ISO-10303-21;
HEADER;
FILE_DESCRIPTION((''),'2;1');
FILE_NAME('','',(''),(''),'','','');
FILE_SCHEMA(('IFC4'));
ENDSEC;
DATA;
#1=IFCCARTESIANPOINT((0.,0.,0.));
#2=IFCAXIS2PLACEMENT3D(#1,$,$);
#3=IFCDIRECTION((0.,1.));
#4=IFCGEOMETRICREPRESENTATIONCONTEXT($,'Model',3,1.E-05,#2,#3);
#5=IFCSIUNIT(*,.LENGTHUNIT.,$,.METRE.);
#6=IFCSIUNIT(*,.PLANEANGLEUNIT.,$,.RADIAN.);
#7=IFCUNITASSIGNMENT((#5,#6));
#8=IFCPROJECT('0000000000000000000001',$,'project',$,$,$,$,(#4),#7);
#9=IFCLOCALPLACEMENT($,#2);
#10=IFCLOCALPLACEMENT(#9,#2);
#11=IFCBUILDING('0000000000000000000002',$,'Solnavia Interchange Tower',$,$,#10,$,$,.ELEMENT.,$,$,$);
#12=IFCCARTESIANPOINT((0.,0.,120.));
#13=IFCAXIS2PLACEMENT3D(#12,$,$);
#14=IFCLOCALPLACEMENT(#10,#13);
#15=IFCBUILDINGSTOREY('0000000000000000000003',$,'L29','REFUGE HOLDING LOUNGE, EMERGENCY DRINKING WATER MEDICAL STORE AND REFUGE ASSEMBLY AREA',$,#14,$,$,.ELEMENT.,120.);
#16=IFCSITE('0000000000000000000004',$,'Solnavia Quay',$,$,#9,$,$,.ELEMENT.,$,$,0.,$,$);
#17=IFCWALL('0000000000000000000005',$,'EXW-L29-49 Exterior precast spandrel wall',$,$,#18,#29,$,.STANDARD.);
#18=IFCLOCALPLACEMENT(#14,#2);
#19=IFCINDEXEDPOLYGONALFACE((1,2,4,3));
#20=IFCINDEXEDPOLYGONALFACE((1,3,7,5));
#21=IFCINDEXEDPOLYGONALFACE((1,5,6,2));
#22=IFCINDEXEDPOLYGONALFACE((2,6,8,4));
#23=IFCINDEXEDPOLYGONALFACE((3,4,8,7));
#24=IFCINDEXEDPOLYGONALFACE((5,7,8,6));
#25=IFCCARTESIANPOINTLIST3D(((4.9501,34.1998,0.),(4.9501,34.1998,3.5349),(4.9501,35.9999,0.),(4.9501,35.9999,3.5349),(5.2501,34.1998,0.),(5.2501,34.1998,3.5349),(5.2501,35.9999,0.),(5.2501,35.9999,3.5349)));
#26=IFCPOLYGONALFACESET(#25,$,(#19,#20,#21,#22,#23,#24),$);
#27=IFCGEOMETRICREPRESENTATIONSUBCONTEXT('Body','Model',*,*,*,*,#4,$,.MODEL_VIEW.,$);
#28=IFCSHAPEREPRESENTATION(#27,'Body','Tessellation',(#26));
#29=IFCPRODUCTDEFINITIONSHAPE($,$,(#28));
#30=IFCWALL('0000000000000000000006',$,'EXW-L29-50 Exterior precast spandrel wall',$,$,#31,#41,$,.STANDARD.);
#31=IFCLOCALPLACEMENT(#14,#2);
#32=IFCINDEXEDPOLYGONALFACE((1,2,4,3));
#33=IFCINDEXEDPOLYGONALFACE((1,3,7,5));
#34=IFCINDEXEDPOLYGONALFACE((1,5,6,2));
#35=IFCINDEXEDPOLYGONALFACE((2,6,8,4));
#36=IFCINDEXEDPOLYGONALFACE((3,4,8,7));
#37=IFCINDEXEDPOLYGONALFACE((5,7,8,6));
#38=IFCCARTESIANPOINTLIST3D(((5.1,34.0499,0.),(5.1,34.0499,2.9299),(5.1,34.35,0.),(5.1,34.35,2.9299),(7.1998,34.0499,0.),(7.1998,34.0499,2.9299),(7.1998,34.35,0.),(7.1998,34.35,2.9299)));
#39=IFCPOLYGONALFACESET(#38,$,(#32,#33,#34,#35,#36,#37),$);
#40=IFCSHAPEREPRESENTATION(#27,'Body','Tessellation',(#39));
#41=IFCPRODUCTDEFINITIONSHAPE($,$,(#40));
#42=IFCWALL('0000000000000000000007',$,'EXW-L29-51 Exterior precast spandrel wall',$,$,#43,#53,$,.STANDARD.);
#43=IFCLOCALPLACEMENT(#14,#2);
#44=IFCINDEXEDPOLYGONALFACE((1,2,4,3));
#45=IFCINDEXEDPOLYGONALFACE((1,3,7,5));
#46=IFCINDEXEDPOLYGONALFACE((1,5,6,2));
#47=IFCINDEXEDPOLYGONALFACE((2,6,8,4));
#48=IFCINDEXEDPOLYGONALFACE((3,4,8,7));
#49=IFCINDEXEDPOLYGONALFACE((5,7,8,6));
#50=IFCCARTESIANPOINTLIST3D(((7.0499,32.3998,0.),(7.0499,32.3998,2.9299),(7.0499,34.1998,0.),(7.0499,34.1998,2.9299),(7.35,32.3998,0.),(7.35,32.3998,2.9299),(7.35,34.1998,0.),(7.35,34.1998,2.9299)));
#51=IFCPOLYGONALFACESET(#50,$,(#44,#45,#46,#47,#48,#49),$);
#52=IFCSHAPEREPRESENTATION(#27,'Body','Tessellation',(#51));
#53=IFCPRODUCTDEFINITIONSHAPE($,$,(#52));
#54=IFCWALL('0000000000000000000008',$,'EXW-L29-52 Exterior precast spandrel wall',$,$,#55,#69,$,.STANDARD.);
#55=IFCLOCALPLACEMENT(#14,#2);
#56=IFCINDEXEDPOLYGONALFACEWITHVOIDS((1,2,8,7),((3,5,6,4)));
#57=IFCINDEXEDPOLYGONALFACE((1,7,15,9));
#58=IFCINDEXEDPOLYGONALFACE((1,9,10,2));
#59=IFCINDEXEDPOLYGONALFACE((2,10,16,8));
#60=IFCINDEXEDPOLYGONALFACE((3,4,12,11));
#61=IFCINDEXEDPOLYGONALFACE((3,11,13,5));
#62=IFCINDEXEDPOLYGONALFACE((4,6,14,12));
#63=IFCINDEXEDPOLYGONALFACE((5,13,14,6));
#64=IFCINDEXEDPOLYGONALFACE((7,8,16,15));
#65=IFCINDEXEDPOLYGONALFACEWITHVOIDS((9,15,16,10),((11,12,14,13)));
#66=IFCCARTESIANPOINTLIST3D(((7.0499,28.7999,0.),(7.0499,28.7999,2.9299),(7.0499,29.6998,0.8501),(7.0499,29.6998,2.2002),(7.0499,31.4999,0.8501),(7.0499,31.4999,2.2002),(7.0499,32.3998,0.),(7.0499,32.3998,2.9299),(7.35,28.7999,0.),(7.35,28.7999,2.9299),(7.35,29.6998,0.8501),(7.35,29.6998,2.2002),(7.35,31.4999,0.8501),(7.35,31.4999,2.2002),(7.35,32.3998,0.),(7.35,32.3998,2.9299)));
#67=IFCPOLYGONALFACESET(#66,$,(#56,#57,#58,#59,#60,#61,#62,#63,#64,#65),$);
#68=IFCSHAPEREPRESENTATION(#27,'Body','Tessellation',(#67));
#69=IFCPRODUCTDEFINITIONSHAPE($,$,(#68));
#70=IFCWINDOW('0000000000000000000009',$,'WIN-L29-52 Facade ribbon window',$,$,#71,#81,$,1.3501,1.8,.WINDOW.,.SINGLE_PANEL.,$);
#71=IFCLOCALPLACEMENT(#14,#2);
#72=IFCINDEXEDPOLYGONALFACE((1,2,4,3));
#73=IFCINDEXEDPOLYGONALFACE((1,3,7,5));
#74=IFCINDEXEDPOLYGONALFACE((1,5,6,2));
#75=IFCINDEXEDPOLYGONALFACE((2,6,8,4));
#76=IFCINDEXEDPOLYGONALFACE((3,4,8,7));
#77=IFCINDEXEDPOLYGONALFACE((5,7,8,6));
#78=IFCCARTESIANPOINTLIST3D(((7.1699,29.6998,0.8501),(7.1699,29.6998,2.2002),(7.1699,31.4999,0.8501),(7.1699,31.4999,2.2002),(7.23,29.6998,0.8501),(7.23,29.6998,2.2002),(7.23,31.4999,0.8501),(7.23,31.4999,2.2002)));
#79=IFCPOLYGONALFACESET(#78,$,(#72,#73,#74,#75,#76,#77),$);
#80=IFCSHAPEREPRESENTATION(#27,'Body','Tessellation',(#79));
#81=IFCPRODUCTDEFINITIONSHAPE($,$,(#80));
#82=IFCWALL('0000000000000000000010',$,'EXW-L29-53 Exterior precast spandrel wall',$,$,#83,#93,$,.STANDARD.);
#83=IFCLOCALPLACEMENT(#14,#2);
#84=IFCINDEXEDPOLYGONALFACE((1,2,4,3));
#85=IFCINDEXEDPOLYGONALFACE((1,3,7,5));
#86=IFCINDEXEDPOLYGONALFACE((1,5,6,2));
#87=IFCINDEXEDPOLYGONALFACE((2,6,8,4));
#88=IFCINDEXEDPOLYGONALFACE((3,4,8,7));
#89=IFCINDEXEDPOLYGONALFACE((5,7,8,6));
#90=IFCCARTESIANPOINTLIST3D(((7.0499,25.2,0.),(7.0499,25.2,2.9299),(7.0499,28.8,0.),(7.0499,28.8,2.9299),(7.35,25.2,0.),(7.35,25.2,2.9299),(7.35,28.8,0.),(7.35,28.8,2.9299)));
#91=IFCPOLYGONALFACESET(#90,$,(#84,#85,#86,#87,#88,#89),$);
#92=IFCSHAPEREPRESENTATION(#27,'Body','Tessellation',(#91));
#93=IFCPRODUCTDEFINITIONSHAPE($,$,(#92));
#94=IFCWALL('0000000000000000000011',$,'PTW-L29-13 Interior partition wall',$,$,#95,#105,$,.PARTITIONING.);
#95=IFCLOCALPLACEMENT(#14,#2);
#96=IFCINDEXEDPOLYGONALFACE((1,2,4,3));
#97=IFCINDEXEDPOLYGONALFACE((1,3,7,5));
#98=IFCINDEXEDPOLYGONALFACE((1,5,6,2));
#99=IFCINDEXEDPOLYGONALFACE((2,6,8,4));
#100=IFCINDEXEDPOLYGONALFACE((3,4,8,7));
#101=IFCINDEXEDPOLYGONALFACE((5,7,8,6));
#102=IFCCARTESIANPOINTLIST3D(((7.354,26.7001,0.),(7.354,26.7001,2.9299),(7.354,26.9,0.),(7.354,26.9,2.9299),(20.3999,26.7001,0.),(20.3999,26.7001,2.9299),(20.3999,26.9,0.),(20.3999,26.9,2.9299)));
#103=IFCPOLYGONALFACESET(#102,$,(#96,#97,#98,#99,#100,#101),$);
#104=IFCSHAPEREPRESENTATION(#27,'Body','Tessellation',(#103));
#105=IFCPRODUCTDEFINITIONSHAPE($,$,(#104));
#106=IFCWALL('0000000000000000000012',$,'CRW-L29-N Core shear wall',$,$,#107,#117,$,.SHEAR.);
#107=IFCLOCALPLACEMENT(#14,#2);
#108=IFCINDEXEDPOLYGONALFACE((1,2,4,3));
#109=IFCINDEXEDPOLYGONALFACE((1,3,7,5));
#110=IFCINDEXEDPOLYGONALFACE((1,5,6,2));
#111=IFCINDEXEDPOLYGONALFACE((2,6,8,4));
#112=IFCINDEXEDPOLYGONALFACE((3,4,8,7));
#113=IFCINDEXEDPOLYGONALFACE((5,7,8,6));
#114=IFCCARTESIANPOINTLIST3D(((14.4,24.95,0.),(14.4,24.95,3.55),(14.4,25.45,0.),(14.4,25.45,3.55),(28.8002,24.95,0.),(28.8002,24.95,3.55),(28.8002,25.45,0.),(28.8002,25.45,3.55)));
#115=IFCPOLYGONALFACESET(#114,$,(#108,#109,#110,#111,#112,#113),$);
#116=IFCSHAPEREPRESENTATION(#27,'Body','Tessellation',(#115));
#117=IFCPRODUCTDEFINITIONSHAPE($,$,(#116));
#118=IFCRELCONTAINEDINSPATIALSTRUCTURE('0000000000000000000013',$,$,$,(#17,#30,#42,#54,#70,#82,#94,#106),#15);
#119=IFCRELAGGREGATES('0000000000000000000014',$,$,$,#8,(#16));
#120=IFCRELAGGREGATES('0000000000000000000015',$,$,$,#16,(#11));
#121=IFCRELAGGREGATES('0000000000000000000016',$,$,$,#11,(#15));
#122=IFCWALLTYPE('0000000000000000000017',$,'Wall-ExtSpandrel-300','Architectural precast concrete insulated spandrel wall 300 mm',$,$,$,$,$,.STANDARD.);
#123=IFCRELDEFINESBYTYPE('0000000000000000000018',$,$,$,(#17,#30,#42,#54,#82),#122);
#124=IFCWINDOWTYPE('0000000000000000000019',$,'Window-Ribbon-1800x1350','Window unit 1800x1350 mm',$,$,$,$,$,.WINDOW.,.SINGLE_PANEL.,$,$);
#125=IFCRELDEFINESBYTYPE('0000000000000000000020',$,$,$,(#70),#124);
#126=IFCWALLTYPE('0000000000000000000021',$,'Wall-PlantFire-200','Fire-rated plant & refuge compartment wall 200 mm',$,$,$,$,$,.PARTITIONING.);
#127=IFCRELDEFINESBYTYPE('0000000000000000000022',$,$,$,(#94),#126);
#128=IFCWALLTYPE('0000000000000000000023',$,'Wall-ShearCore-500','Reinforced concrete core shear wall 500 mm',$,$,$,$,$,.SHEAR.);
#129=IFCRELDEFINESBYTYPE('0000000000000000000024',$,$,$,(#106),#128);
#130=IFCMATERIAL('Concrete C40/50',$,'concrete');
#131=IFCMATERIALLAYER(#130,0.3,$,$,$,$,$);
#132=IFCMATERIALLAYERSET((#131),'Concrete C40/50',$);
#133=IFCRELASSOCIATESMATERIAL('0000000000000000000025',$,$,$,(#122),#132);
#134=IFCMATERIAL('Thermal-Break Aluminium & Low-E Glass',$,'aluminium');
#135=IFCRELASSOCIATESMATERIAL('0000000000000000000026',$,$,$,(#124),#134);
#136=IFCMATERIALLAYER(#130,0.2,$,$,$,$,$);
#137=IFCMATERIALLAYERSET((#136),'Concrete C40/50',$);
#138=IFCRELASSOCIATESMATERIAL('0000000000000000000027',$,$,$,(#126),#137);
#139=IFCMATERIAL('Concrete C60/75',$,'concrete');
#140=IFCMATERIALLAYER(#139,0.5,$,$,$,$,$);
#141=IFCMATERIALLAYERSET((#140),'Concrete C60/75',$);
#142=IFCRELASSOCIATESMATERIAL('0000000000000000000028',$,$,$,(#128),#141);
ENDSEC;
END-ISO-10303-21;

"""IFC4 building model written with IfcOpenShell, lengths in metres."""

from ifc_helpers import new_model, si_unit, direction, frame, frame_2d, origin, place, context, subcontext, project, spatial, rectangle, extrude, material, layer, layer_set, type_object, element, fill, save


model = new_model("IFC4")

# Units and contexts
model_context = context("Model", 3, precision=1e-05, world=origin(), true_north=direction((0.0, 1.0)))
body_context = subcontext(model_context, "Body", "Model", "MODEL_VIEW")
ifc_project = project(units=[si_unit("LENGTHUNIT", "METRE"), si_unit("PLANEANGLEUNIT", "RADIAN")], contexts=[model_context])

# Site, building, storey
site_placement = place(None, origin())
site = spatial("IfcSite", under=ifc_project, at=site_placement, Name="Solnavia Quay", CompositionType="ELEMENT", RefElevation=0.0)
building_placement = place(site_placement, origin())
building = spatial("IfcBuilding", under=site, at=building_placement, Name="Solnavia Interchange Tower", CompositionType="ELEMENT")
storey_placement = place(building_placement, frame((0.0, 0.0, 120.0)))
storey = spatial("IfcBuildingStorey", under=building, at=storey_placement, Name="L29", Description="REFUGE HOLDING LOUNGE, EMERGENCY DRINKING WATER MEDICAL STORE AND REFUGE ASSEMBLY AREA", CompositionType="ELEMENT", Elevation=120.0)

# Shared definitions
ifc_material_1 = material(Name="Concrete C40/50", Category="concrete")
ifc_layer_1 = layer(ifc_material_1, 0.3)
ifc_layer_set_1 = layer_set([ifc_layer_1], Name="Concrete C40/50")
wall_type_1 = type_object("IfcWallType", Name="Wall-ExtSpandrel-300", Description="Architectural precast concrete insulated spandrel wall 300 mm", PredefinedType="STANDARD", material=ifc_layer_set_1)
ifc_material_2 = material(Name="Thermal-Break Aluminium & Low-E Glass", Category="aluminium")
window_type = type_object("IfcWindowType", Name="Window-Ribbon-1800x1350", Description="Window unit 1800x1350 mm", PartitioningType="SINGLE_PANEL", PredefinedType="WINDOW", material=ifc_material_2)

# Walls
wall_1_placement = place(storey_placement, frame((5.1001, 34.2, 0.0), z_axis=(0.0, 0.0, 1.0), x_axis=(0.0, 1.0, 0.0)))
element("IfcWall", 1, at=wall_1_placement, inside=storey, type_object=wall_type_1, Name="EXW-L29-49 Exterior precast spandrel wall", PredefinedType="STANDARD", context=body_context, shape_type="SweptSolid", body=[
    extrude(rectangle(XDim=1.8, YDim=0.3, at=frame_2d((0.8999, 0.0))), origin(), (0.0, 0.0, 1.0), 3.5349),
])
wall_2_placement = place(storey_placement, frame((5.1001, 34.2, 0.0), z_axis=(0.0, 0.0, 1.0), x_axis=(1.0, 0.0, 0.0)))
element("IfcWall", 2, at=wall_2_placement, inside=storey, type_object=wall_type_1, Name="EXW-L29-50 Exterior precast spandrel wall", PredefinedType="STANDARD", context=body_context, shape_type="SweptSolid", body=[
    extrude(rectangle(XDim=2.0999, YDim=0.3, at=frame_2d((1.0498, 0.0))), origin(), (0.0, 0.0, 1.0), 2.9299),
])
wall_3_placement = place(storey_placement, frame((7.2, 32.3999, 0.0), z_axis=(0.0, 0.0, 1.0), x_axis=(0.0, 1.0, 0.0)))
element("IfcWall", 3, at=wall_3_placement, inside=storey, type_object=wall_type_1, Name="EXW-L29-51 Exterior precast spandrel wall", PredefinedType="STANDARD", context=body_context, shape_type="SweptSolid", body=[
    extrude(rectangle(XDim=1.8, YDim=0.3, at=frame_2d((0.8999, 0.0))), origin(), (0.0, 0.0, 1.0), 2.9299),
])

# Wall, opening, window
wall_4_placement = place(storey_placement, frame((7.2, 28.8, 0.0), z_axis=(0.0, 0.0, 1.0), x_axis=(0.0, 1.0, 0.0)))
wall_4 = element("IfcWall", 4, at=wall_4_placement, inside=storey, type_object=wall_type_1, Name="EXW-L29-52 Exterior precast spandrel wall", PredefinedType="STANDARD", context=body_context, shape_type="SweptSolid", body=[
    extrude(rectangle(XDim=3.5999, YDim=0.3, at=frame_2d((1.7998, 0.0))), origin(), (0.0, 0.0, 1.0), 2.9299),
])
opening_1_placement = place(wall_4_placement, frame((0.8999, 0.0, 0.8501)))
opening_1 = element("IfcOpeningElement", 5, at=opening_1_placement, cuts=wall_4, PredefinedType="OPENING", context=body_context, shape_type="SweptSolid", body=[
    extrude(rectangle(XDim=1.8, YDim=1.3501, at=frame_2d((0.8999, 0.675))), frame((0.0, 0.1602, 0.0), z_axis=(0.0, -1.0, 0.0), x_axis=(1.0, 0.0, 0.0)), (0.0, 0.0, 1.0), 0.3201),
])
window_1_placement = place(opening_1_placement, origin())
window_1 = element("IfcWindow", 6, at=window_1_placement, inside=storey, type_object=window_type, Name="WIN-L29-52 Facade ribbon window", OverallHeight=1.3501, OverallWidth=1.8, PartitioningType="SINGLE_PANEL", PredefinedType="WINDOW", context=body_context, shape_type="SweptSolid", body=[
    extrude(rectangle(XDim=1.8, YDim=1.3501, at=frame_2d((0.8999, 0.675))), frame((0.0, 0.03, 0.0), z_axis=(0.0, -1.0, 0.0), x_axis=(1.0, 0.0, 0.0)), (0.0, 0.0, 1.0), 0.0601),
])
fill(opening_1, window_1)

# Walls
wall_5_placement = place(storey_placement, frame((7.2, 25.2, 0.0), z_axis=(0.0, 0.0, 1.0), x_axis=(0.0, 1.0, 0.0)))
element("IfcWall", 7, at=wall_5_placement, inside=storey, type_object=wall_type_1, Name="EXW-L29-53 Exterior precast spandrel wall", PredefinedType="STANDARD", context=body_context, shape_type="SweptSolid", body=[
    extrude(rectangle(XDim=3.6001, YDim=0.3, at=frame_2d((1.8, 0.0))), origin(), (0.0, 0.0, 1.0), 2.9299),
])
ifc_layer_2 = layer(ifc_material_1, 0.2)
ifc_layer_set_2 = layer_set([ifc_layer_2], Name="Concrete C40/50")
wall_type_2 = type_object("IfcWallType", Name="Wall-PlantFire-200", Description="Fire-rated plant & refuge compartment wall 200 mm", PredefinedType="PARTITIONING", material=ifc_layer_set_2)
wall_6_placement = place(storey_placement, frame((7.354, 26.8, 0.0), z_axis=(0.0, 0.0, 1.0), x_axis=(1.0, 0.0, 0.0)))
element("IfcWall", 8, at=wall_6_placement, inside=storey, type_object=wall_type_2, Name="PTW-L29-13 Interior partition wall", PredefinedType="PARTITIONING", context=body_context, shape_type="SweptSolid", body=[
    extrude(rectangle(XDim=13.0459, YDim=0.2, at=frame_2d((6.5229, 0.0))), origin(), (0.0, 0.0, 1.0), 2.9299),
])
ifc_material_3 = material(Name="Concrete C60/75", Category="concrete")
ifc_layer_3 = layer(ifc_material_3, 0.5)
ifc_layer_set_3 = layer_set([ifc_layer_3], Name="Concrete C60/75")
wall_type_3 = type_object("IfcWallType", Name="Wall-ShearCore-500", Description="Reinforced concrete core shear wall 500 mm", PredefinedType="SHEAR", material=ifc_layer_set_3)
wall_7_placement = place(storey_placement, frame((14.3999, 25.2, 0.0), z_axis=(0.0, 0.0, 1.0), x_axis=(1.0, 0.0, 0.0)))
element("IfcWall", 9, at=wall_7_placement, inside=storey, type_object=wall_type_3, Name="CRW-L29-N Core shear wall", PredefinedType="SHEAR", context=body_context, shape_type="SweptSolid", body=[
    extrude(rectangle(XDim=14.4001, YDim=0.5, at=frame_2d((7.2002, 0.0))), origin(), (0.0, 0.0, 1.0), 3.55),
])

save(model, "model.ifc")
